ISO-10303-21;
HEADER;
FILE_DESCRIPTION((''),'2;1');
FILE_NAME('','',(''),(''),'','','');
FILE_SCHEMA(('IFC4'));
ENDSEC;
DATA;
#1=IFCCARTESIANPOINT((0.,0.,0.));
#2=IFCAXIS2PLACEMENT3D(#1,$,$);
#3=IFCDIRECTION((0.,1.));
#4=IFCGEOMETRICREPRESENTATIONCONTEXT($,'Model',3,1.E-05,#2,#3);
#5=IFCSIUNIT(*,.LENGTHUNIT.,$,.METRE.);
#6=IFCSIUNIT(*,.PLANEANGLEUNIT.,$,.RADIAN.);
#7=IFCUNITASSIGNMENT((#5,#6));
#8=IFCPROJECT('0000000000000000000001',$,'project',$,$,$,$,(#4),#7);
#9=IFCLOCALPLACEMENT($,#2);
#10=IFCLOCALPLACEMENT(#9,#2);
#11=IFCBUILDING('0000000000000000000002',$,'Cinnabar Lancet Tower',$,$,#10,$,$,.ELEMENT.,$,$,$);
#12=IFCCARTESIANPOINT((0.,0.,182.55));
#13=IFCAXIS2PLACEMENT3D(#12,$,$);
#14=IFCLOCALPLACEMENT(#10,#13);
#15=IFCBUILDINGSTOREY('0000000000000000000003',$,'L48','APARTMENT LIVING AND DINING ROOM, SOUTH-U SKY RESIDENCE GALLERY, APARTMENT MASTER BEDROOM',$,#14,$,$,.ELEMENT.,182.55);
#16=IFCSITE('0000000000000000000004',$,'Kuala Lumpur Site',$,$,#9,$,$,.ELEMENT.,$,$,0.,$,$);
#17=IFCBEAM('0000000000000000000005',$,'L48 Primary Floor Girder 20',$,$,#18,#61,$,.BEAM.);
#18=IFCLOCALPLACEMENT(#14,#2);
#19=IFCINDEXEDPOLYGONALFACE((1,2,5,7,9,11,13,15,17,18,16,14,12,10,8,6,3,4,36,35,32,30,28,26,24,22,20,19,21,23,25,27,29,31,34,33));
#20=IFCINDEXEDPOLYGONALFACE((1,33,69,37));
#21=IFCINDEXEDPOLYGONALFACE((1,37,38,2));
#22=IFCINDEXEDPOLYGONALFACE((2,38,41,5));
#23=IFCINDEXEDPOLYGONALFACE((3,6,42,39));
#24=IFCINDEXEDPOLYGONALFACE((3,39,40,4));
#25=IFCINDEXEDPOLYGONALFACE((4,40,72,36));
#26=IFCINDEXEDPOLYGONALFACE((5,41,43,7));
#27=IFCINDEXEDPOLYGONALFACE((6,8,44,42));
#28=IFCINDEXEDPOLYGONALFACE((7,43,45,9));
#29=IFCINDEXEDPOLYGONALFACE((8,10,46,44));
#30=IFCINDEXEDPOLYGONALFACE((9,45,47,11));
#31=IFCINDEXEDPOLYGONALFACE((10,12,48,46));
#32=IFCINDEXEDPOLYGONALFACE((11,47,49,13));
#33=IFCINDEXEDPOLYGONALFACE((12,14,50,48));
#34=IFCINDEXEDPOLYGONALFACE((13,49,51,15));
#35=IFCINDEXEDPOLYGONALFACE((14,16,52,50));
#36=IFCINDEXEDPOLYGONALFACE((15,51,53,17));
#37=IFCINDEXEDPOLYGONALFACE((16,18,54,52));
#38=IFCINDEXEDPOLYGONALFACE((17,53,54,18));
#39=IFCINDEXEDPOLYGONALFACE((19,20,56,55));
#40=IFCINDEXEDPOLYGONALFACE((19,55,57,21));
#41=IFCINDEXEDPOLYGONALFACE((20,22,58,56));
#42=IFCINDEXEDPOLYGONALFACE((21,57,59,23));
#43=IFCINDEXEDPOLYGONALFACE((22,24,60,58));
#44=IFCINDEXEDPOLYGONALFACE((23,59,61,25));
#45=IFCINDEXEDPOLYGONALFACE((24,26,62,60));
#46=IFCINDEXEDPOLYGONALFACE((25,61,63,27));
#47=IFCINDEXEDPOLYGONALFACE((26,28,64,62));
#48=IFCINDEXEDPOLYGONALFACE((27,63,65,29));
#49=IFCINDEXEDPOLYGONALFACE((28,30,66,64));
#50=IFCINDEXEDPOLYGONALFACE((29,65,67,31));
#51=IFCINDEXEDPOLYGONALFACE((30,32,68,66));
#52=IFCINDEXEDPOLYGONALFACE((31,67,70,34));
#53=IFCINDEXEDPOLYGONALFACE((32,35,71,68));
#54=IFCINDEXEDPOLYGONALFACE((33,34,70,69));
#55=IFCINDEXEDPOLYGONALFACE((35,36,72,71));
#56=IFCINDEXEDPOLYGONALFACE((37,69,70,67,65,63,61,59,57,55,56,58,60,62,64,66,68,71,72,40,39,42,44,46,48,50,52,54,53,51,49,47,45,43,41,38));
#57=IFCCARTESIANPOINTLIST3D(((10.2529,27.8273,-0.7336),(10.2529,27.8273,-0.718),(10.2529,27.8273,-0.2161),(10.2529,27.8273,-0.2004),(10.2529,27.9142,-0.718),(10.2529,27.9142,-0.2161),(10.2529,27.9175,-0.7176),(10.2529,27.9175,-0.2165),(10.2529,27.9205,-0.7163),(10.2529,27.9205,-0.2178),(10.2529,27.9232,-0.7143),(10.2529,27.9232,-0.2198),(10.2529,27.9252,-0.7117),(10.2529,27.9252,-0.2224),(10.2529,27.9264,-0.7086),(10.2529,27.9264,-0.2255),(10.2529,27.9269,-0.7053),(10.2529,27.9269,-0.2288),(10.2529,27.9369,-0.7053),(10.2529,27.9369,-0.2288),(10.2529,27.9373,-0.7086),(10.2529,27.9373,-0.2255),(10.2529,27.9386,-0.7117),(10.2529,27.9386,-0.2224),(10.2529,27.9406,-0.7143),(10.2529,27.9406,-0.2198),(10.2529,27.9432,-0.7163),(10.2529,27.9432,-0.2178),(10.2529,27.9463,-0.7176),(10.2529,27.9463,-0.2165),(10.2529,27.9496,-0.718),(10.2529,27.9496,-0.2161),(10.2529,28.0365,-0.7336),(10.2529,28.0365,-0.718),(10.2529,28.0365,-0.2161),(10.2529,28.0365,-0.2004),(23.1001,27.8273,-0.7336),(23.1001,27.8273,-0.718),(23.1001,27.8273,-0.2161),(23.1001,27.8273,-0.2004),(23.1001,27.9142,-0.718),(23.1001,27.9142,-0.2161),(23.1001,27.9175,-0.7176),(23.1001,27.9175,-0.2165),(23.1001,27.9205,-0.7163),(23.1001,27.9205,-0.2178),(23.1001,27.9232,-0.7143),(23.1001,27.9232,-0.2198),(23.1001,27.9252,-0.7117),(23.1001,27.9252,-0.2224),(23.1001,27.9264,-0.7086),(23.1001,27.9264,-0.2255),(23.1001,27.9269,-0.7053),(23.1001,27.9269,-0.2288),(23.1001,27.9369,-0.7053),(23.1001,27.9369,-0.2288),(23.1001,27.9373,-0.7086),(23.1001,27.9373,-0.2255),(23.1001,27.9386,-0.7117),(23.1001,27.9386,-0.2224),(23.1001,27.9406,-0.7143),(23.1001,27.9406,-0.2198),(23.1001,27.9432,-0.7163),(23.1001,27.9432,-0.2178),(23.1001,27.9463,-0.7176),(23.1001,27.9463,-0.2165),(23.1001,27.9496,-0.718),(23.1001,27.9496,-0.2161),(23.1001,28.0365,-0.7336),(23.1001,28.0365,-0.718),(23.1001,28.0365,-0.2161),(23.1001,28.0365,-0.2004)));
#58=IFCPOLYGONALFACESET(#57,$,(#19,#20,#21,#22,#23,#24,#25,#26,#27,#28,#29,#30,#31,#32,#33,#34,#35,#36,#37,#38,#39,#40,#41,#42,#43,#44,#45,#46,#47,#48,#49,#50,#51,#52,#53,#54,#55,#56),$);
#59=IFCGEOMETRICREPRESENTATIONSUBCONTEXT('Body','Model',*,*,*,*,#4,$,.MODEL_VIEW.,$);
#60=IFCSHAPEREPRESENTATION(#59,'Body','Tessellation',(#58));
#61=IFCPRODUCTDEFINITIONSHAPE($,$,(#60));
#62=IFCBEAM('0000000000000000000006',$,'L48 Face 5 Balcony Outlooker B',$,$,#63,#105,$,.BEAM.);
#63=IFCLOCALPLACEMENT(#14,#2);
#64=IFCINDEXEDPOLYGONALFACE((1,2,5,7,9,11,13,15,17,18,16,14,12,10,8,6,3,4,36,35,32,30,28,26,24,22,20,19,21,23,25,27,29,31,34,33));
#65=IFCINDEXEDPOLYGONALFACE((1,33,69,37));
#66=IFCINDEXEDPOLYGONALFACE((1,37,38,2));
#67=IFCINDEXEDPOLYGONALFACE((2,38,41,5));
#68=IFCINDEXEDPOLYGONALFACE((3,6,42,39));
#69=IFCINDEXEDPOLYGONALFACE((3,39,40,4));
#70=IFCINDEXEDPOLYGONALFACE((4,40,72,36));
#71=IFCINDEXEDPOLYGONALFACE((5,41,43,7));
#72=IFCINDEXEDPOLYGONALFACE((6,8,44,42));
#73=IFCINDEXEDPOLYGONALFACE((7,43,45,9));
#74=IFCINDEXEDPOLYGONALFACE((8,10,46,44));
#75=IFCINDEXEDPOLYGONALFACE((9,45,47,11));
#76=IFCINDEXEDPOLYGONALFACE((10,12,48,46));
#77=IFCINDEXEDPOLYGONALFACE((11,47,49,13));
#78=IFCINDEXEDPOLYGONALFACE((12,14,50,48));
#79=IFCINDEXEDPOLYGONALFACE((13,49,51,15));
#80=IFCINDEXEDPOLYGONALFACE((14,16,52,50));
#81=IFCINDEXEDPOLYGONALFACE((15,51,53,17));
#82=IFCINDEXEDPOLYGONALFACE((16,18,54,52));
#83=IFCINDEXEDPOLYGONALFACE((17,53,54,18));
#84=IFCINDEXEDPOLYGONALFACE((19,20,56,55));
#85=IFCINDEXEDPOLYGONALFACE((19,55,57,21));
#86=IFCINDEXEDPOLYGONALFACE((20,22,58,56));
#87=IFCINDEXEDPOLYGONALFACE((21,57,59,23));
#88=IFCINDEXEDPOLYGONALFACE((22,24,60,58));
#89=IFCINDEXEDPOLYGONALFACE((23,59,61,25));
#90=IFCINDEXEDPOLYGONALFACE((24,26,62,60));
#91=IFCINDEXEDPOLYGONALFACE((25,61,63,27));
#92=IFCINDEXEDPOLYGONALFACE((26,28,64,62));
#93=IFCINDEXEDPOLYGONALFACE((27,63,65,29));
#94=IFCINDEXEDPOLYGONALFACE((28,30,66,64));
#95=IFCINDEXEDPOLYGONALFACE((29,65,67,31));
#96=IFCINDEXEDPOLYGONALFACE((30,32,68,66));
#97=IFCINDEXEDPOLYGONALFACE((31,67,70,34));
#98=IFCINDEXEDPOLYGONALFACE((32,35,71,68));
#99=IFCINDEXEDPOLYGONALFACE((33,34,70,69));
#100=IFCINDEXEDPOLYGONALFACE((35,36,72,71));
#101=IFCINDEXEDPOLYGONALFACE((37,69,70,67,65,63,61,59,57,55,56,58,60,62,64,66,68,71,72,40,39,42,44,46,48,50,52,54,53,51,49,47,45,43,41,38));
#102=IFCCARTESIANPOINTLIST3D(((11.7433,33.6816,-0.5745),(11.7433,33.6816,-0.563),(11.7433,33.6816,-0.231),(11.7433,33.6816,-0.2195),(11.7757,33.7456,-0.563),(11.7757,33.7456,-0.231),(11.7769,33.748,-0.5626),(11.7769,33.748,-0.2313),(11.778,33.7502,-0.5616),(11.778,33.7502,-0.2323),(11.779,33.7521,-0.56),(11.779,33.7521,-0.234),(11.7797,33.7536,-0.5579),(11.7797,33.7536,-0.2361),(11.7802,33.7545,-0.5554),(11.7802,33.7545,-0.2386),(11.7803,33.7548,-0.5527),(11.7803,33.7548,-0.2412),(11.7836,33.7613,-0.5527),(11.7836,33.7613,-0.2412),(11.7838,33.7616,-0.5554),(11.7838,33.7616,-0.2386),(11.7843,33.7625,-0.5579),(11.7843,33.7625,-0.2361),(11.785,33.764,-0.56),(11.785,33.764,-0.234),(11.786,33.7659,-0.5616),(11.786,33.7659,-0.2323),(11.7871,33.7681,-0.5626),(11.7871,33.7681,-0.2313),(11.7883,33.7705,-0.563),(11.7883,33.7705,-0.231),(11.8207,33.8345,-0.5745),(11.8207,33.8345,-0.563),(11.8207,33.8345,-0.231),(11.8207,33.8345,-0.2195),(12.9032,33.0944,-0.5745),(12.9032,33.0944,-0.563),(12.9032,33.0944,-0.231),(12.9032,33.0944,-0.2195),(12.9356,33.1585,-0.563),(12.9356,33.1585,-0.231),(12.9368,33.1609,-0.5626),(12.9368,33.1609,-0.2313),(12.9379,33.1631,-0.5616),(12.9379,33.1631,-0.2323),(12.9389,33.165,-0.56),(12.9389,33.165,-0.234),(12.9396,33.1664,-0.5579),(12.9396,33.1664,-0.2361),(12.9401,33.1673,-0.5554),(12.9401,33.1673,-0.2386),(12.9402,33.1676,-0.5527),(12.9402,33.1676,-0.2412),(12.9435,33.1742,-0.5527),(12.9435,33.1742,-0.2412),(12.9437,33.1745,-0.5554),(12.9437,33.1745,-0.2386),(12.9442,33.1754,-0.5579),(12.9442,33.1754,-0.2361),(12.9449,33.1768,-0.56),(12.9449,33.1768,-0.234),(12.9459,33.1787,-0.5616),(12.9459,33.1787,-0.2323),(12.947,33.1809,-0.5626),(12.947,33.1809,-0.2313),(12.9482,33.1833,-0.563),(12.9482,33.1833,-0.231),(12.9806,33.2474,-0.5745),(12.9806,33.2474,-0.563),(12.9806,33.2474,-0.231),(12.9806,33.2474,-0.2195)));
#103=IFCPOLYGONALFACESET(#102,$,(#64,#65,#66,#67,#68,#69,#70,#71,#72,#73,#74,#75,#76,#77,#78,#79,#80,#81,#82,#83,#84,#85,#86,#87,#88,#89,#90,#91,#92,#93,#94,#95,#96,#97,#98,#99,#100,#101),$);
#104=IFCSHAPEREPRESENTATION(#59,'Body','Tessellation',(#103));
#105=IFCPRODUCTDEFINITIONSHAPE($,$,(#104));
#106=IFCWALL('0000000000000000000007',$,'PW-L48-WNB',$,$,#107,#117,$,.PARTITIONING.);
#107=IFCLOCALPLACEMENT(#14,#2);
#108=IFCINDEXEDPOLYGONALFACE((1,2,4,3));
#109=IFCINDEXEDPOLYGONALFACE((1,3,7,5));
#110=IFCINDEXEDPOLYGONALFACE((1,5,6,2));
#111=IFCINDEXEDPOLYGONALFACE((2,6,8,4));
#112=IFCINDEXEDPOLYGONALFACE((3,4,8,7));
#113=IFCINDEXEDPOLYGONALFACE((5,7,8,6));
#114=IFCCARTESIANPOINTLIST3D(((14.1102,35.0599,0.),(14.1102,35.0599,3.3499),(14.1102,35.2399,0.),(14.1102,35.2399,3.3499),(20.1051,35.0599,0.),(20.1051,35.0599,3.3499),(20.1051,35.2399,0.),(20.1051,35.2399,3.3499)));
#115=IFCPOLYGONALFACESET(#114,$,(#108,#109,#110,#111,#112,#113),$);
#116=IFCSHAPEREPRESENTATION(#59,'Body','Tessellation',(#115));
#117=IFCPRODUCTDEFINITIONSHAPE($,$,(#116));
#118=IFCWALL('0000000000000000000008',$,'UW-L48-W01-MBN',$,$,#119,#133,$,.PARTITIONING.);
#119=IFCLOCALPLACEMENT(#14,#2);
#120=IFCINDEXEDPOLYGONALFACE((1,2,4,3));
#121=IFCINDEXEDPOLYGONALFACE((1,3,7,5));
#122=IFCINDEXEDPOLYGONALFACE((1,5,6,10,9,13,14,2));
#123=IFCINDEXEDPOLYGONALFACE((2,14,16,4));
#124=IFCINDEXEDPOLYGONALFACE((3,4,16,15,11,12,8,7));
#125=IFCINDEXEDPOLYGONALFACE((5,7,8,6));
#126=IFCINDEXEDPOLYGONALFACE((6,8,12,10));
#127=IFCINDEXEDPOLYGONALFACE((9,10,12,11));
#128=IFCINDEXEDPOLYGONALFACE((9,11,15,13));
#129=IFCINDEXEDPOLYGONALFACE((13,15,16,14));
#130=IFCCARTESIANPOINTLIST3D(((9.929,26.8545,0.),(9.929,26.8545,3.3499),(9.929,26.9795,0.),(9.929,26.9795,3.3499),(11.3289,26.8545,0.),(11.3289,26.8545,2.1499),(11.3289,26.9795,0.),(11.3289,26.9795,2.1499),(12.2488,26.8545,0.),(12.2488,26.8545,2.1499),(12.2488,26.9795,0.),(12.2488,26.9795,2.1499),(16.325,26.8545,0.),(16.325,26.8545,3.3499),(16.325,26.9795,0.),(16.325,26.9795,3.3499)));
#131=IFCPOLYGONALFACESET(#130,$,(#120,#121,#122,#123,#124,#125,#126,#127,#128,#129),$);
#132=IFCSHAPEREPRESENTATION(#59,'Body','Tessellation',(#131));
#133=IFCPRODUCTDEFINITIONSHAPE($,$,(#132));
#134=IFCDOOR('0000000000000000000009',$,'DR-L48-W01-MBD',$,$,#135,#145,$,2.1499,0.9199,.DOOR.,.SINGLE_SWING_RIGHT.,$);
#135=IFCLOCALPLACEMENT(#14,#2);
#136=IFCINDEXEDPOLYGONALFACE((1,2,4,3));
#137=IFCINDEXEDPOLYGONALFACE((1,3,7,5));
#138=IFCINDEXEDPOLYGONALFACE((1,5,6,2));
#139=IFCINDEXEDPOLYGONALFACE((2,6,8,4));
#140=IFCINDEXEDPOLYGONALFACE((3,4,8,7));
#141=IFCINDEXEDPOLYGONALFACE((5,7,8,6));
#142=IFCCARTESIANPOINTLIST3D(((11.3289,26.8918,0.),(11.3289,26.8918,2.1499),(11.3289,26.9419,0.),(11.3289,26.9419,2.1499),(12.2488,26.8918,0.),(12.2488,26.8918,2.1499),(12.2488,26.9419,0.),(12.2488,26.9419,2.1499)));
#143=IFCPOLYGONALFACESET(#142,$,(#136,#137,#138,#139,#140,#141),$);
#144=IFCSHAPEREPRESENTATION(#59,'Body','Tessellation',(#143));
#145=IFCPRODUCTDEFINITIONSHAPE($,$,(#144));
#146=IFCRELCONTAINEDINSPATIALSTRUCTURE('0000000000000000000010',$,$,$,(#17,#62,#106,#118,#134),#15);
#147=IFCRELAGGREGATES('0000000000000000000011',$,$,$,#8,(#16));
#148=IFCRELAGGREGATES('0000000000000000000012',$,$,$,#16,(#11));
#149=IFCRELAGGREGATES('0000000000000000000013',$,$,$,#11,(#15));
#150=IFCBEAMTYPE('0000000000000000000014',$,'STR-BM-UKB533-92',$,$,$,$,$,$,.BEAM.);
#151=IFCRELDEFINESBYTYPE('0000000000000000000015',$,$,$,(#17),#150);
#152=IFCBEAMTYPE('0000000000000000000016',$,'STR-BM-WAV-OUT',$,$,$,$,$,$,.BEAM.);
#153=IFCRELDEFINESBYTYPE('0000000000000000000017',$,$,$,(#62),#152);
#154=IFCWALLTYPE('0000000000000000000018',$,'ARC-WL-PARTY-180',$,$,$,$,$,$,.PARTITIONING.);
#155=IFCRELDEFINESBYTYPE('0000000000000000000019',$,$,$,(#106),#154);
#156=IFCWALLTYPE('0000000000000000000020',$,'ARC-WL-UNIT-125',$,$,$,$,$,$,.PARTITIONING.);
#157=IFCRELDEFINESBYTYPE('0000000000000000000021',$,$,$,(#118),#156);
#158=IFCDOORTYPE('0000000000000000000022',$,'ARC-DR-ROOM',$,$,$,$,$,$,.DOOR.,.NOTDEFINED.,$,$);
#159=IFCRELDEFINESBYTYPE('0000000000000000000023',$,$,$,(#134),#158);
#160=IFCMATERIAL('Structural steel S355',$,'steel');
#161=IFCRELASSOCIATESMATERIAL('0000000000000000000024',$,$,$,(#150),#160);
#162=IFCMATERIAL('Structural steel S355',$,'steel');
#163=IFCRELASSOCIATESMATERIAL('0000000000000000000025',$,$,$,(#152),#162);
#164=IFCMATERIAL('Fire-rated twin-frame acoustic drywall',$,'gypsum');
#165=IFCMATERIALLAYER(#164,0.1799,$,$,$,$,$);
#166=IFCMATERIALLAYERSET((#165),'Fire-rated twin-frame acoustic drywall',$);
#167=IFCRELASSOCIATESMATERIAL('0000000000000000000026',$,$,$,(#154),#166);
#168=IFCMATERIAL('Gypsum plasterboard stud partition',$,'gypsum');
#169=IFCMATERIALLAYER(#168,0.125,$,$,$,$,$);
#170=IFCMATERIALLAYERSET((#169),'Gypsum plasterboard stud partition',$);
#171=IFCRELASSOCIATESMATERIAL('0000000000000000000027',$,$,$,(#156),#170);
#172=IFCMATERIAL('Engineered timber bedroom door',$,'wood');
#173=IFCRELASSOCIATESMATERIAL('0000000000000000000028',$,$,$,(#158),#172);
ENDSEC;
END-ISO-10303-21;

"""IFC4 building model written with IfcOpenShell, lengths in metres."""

from ifc_helpers import new_model, si_unit, direction, frame, frame_2d, origin, origin_2d, place, context, subcontext, project, spatial, rectangle, i_section, extrude, material, layer, layer_set, material_profile, profile_set, type_object, element, fill, save


model = new_model("IFC4")

# Units and contexts
model_context = context("Model", 3, precision=1e-05, world=origin(), true_north=direction((0.0, 1.0)))
body_context = subcontext(model_context, "Body", "Model", "MODEL_VIEW")
ifc_project = project(units=[si_unit("LENGTHUNIT", "METRE"), si_unit("PLANEANGLEUNIT", "RADIAN")], contexts=[model_context])

# Site, building, storey
site_placement = place(None, origin())
site = spatial("IfcSite", under=ifc_project, at=site_placement, Name="Kuala Lumpur Site", CompositionType="ELEMENT", RefElevation=0.0)
building_placement = place(site_placement, origin())
building = spatial("IfcBuilding", under=site, at=building_placement, Name="Cinnabar Lancet Tower", CompositionType="ELEMENT")
storey_placement = place(building_placement, frame((0.0, 0.0, 182.55)))
storey = spatial("IfcBuildingStorey", under=building, at=storey_placement, Name="L48", Description="APARTMENT LIVING AND DINING ROOM, SOUTH-U SKY RESIDENCE GALLERY, APARTMENT MASTER BEDROOM", CompositionType="ELEMENT", Elevation=182.55)

# Beams
ifc_material_1 = material(Name="Structural steel S355", Category="steel")
ifc_material_profile_1 = material_profile(ifc_material_1, i_section(OverallWidth=0.2092, OverallDepth=0.5332, WebThickness=0.01, FlangeThickness=0.0156, FilletRadius=0.0127, at=origin_2d()), Name="UKB 533x210x92")
ifc_profile_set_1 = profile_set([ifc_material_profile_1], Name="Structural steel S355")
beam_type_1 = type_object("IfcBeamType", Name="STR-BM-UKB533-92", PredefinedType="BEAM", material=ifc_profile_set_1)
beam_1_placement = place(storey_placement, frame((10.2529, 27.9319, -0.467), z_axis=(1.0, 0.0, 0.0), x_axis=(0.0, 1.0, 0.0)))
element("IfcBeam", 1, at=beam_1_placement, inside=storey, type_object=beam_type_1, Name="L48 Primary Floor Girder 20", PredefinedType="BEAM", context=body_context, shape_type="SweptSolid", body=[
    extrude(i_section(OverallWidth=0.2092, OverallDepth=0.5332, WebThickness=0.01, FlangeThickness=0.0156, FilletRadius=0.0127, at=origin_2d()), origin(), (0.0, 0.0, 1.0), 12.8472),
])
ifc_material_2 = material(Name="Structural steel S355", Category="steel")
ifc_material_profile_2 = material_profile(ifc_material_2, i_section(OverallWidth=0.1714, OverallDepth=0.355, WebThickness=0.0073, FlangeThickness=0.0115, FilletRadius=0.0103, at=origin_2d()), Name="UKB 356x171x51")
ifc_profile_set_2 = profile_set([ifc_material_profile_2], Name="Structural steel S355")
beam_type_2 = type_object("IfcBeamType", Name="STR-BM-WAV-OUT", PredefinedType="BEAM", material=ifc_profile_set_2)
beam_2_placement = place(storey_placement, frame((12.9419, 33.1709, -0.397), z_axis=(-0.8922, 0.45164, 0.0), x_axis=(-0.45164, -0.8922, 0.0)))
element("IfcBeam", 2, at=beam_2_placement, inside=storey, type_object=beam_type_2, Name="L48 Face 5 Balcony Outlooker B", PredefinedType="BEAM", context=body_context, shape_type="SweptSolid", body=[
    extrude(i_section(OverallWidth=0.1714, OverallDepth=0.355, WebThickness=0.0073, FlangeThickness=0.0115, FilletRadius=0.0103, at=origin_2d()), origin(), (0.0, 0.0, 1.0), 1.3),
])

# Wall
ifc_material_3 = material(Name="Fire-rated twin-frame acoustic drywall", Category="gypsum")
ifc_layer_1 = layer(ifc_material_3, 0.1799)
ifc_layer_set_1 = layer_set([ifc_layer_1], Name="Fire-rated twin-frame acoustic drywall")
wall_type_1 = type_object("IfcWallType", Name="ARC-WL-PARTY-180", PredefinedType="PARTITIONING", material=ifc_layer_set_1)
wall_1_placement = place(storey_placement, frame((14.1101, 35.1499, 0.0), z_axis=(0.0, 0.0, 1.0), x_axis=(1.0, 0.0, 0.0)))
element("IfcWall", 3, at=wall_1_placement, inside=storey, type_object=wall_type_1, Name="PW-L48-WNB", PredefinedType="PARTITIONING", context=body_context, shape_type="SweptSolid", body=[
    extrude(rectangle(XDim=5.9949, YDim=0.1799, at=frame_2d((2.9976, 0.0))), origin(), (0.0, 0.0, 1.0), 3.3499),
])

# Wall, opening, door
ifc_material_4 = material(Name="Gypsum plasterboard stud partition", Category="gypsum")
ifc_layer_2 = layer(ifc_material_4, 0.125)
ifc_layer_set_2 = layer_set([ifc_layer_2], Name="Gypsum plasterboard stud partition")
wall_type_2 = type_object("IfcWallType", Name="ARC-WL-UNIT-125", PredefinedType="PARTITIONING", material=ifc_layer_set_2)
wall_2_placement = place(storey_placement, frame((9.929, 26.917, 0.0), z_axis=(0.0, 0.0, 1.0), x_axis=(1.0, 0.0, 0.0)))
wall_2 = element("IfcWall", 4, at=wall_2_placement, inside=storey, type_object=wall_type_2, Name="UW-L48-W01-MBN", PredefinedType="PARTITIONING", context=body_context, shape_type="SweptSolid", body=[
    extrude(rectangle(XDim=6.396, YDim=0.125, at=frame_2d((3.198, 0.0))), origin(), (0.0, 0.0, 1.0), 3.3499),
])
opening_1_placement = place(wall_2_placement, frame((1.3999, 0.0, 0.0)))
opening_1 = element("IfcOpeningElement", 5, at=opening_1_placement, cuts=wall_2, PredefinedType="OPENING", context=body_context, shape_type="SweptSolid", body=[
    extrude(rectangle(XDim=0.9199, YDim=2.1499, at=frame_2d((0.46, 1.075))), frame((0.0, 0.0725, 0.0), z_axis=(0.0, -1.0, 0.0), x_axis=(1.0, 0.0, 0.0)), (0.0, 0.0, 1.0), 0.145),
])
ifc_material_5 = material(Name="Engineered timber bedroom door", Category="wood")
door_type_1 = type_object("IfcDoorType", Name="ARC-DR-ROOM", OperationType="NOTDEFINED", PredefinedType="DOOR", material=ifc_material_5)
door_1_placement = place(opening_1_placement, origin())
door_1 = element("IfcDoor", 6, at=door_1_placement, inside=storey, type_object=door_type_1, Name="DR-L48-W01-MBD", OperationType="SINGLE_SWING_RIGHT", OverallHeight=2.1499, OverallWidth=0.9199, PredefinedType="DOOR", context=body_context, shape_type="SweptSolid", body=[
    extrude(rectangle(XDim=0.9199, YDim=2.1499, at=frame_2d((0.46, 1.075))), frame((0.0, 0.0249, 0.0), z_axis=(0.0, -1.0, 0.0), x_axis=(1.0, 0.0, 0.0)), (0.0, 0.0, 1.0), 0.05),
])
fill(opening_1, door_1)

save(model, "model.ifc")
